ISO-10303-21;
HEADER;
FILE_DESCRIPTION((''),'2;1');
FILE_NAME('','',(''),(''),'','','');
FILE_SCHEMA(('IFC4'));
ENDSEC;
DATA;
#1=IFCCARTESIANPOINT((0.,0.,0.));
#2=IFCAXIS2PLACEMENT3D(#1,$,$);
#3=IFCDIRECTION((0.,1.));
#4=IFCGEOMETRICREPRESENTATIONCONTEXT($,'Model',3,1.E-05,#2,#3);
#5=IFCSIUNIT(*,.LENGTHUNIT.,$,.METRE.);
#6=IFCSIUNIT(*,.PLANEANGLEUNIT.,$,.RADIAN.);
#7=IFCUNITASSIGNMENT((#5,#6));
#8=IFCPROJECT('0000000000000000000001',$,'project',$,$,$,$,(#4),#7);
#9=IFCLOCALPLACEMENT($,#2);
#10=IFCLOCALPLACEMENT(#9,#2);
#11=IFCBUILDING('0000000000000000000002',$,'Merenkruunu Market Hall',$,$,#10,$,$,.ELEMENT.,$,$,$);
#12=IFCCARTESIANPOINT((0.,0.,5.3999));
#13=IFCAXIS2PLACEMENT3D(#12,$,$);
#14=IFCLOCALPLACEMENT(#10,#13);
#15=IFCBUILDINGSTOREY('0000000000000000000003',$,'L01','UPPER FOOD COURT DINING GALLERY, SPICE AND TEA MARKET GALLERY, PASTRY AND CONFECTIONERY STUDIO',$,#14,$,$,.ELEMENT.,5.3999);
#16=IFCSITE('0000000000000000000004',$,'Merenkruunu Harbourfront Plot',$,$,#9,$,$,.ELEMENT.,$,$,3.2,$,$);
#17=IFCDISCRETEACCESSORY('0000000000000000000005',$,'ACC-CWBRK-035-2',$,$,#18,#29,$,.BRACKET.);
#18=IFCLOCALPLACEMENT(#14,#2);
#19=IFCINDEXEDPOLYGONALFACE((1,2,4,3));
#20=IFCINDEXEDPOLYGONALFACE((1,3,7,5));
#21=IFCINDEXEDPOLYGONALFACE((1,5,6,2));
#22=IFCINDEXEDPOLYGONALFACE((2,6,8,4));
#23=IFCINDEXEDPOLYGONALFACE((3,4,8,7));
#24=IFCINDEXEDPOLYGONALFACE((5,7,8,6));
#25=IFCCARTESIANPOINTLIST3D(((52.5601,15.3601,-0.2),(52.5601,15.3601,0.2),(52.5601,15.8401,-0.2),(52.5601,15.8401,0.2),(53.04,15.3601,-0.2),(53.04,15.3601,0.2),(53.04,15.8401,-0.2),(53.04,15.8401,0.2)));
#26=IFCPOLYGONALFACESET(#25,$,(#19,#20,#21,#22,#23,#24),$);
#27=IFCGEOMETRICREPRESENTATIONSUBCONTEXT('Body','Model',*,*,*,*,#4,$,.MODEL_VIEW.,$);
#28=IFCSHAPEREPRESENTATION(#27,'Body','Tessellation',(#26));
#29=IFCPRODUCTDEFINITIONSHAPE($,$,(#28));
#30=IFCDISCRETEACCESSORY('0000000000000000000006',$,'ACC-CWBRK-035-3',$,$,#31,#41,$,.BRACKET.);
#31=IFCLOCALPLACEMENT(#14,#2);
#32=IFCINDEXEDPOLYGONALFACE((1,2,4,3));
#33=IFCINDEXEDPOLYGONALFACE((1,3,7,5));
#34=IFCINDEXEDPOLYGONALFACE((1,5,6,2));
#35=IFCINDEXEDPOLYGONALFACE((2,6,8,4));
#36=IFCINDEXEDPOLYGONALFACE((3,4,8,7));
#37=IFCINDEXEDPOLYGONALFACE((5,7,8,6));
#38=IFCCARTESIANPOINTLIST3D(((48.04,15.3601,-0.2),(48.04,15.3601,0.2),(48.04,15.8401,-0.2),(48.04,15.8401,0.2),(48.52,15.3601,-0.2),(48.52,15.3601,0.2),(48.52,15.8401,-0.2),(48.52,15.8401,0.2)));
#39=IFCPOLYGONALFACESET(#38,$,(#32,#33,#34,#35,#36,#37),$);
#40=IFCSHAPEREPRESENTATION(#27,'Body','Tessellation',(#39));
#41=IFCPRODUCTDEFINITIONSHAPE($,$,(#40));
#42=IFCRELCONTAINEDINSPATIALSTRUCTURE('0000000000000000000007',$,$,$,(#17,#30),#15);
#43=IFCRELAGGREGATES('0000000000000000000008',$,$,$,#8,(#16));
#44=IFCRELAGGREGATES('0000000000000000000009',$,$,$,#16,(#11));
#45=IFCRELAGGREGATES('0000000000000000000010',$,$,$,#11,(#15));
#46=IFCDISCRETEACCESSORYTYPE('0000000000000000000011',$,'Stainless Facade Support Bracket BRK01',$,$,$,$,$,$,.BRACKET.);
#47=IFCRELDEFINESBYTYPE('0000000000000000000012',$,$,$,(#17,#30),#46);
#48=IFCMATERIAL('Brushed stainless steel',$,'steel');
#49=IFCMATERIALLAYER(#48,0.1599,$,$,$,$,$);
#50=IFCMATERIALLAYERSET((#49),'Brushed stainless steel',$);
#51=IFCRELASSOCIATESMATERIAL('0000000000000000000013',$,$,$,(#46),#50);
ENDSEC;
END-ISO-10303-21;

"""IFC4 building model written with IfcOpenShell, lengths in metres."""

from ifc_helpers import new_model, si_unit, direction, frame, origin, origin_2d, place, context, subcontext, project, spatial, rectangle, extrude, material, layer, layer_set, type_object, element, save


model = new_model("IFC4")

# Units and contexts
model_context = context("Model", 3, precision=1e-05, world=origin(), true_north=direction((0.0, 1.0)))
body_context = subcontext(model_context, "Body", "Model", "MODEL_VIEW")
ifc_project = project(units=[si_unit("LENGTHUNIT", "METRE"), si_unit("PLANEANGLEUNIT", "RADIAN")], contexts=[model_context])

# Site, building, storey
site_placement = place(None, origin())
site = spatial("IfcSite", under=ifc_project, at=site_placement, Name="Merenkruunu Harbourfront Plot", CompositionType="ELEMENT", RefElevation=3.2)
building_placement = place(site_placement, origin())
building = spatial("IfcBuilding", under=site, at=building_placement, Name="Merenkruunu Market Hall", CompositionType="ELEMENT")
storey_placement = place(building_placement, frame((0.0, 0.0, 5.3999)))
storey = spatial("IfcBuildingStorey", under=building, at=storey_placement, Name="L01", Description="UPPER FOOD COURT DINING GALLERY, SPICE AND TEA MARKET GALLERY, PASTRY AND CONFECTIONERY STUDIO", CompositionType="ELEMENT", Elevation=5.3999)

# Discrete accessories
ifc_material_1 = material(Name="Brushed stainless steel", Category="steel")
ifc_layer_1 = layer(ifc_material_1, 0.1599)
ifc_layer_set_1 = layer_set([ifc_layer_1], Name="Brushed stainless steel")
discrete_accessory_type = type_object("IfcDiscreteAccessoryType", Name="Stainless Facade Support Bracket BRK01", PredefinedType="BRACKET", material=ifc_layer_set_1)
for number, where, z_axis, x_axis, name in (
    (1, (52.8, 15.6001, -0.2), (0.0, 0.0, 1.0), (1.0, 0.0, 0.0), "ACC-CWBRK-035-2"),
    (2, (48.28, 15.6001, -0.2), (0.0, 0.0, 1.0), (1.0, 0.0, 0.0), "ACC-CWBRK-035-3"),
):
    element("IfcDiscreteAccessory", number, at=place(storey_placement, frame(where, z_axis=z_axis, x_axis=x_axis)), inside=storey, type_object=discrete_accessory_type, Name=name, PredefinedType="BRACKET", context=body_context, shape_type="SweptSolid", body=[
        extrude(rectangle(XDim=0.48, YDim=0.48, at=origin_2d()), origin(), (0.0, 0.0, 1.0), 0.3999),
    ])

save(model, "model.ifc")
